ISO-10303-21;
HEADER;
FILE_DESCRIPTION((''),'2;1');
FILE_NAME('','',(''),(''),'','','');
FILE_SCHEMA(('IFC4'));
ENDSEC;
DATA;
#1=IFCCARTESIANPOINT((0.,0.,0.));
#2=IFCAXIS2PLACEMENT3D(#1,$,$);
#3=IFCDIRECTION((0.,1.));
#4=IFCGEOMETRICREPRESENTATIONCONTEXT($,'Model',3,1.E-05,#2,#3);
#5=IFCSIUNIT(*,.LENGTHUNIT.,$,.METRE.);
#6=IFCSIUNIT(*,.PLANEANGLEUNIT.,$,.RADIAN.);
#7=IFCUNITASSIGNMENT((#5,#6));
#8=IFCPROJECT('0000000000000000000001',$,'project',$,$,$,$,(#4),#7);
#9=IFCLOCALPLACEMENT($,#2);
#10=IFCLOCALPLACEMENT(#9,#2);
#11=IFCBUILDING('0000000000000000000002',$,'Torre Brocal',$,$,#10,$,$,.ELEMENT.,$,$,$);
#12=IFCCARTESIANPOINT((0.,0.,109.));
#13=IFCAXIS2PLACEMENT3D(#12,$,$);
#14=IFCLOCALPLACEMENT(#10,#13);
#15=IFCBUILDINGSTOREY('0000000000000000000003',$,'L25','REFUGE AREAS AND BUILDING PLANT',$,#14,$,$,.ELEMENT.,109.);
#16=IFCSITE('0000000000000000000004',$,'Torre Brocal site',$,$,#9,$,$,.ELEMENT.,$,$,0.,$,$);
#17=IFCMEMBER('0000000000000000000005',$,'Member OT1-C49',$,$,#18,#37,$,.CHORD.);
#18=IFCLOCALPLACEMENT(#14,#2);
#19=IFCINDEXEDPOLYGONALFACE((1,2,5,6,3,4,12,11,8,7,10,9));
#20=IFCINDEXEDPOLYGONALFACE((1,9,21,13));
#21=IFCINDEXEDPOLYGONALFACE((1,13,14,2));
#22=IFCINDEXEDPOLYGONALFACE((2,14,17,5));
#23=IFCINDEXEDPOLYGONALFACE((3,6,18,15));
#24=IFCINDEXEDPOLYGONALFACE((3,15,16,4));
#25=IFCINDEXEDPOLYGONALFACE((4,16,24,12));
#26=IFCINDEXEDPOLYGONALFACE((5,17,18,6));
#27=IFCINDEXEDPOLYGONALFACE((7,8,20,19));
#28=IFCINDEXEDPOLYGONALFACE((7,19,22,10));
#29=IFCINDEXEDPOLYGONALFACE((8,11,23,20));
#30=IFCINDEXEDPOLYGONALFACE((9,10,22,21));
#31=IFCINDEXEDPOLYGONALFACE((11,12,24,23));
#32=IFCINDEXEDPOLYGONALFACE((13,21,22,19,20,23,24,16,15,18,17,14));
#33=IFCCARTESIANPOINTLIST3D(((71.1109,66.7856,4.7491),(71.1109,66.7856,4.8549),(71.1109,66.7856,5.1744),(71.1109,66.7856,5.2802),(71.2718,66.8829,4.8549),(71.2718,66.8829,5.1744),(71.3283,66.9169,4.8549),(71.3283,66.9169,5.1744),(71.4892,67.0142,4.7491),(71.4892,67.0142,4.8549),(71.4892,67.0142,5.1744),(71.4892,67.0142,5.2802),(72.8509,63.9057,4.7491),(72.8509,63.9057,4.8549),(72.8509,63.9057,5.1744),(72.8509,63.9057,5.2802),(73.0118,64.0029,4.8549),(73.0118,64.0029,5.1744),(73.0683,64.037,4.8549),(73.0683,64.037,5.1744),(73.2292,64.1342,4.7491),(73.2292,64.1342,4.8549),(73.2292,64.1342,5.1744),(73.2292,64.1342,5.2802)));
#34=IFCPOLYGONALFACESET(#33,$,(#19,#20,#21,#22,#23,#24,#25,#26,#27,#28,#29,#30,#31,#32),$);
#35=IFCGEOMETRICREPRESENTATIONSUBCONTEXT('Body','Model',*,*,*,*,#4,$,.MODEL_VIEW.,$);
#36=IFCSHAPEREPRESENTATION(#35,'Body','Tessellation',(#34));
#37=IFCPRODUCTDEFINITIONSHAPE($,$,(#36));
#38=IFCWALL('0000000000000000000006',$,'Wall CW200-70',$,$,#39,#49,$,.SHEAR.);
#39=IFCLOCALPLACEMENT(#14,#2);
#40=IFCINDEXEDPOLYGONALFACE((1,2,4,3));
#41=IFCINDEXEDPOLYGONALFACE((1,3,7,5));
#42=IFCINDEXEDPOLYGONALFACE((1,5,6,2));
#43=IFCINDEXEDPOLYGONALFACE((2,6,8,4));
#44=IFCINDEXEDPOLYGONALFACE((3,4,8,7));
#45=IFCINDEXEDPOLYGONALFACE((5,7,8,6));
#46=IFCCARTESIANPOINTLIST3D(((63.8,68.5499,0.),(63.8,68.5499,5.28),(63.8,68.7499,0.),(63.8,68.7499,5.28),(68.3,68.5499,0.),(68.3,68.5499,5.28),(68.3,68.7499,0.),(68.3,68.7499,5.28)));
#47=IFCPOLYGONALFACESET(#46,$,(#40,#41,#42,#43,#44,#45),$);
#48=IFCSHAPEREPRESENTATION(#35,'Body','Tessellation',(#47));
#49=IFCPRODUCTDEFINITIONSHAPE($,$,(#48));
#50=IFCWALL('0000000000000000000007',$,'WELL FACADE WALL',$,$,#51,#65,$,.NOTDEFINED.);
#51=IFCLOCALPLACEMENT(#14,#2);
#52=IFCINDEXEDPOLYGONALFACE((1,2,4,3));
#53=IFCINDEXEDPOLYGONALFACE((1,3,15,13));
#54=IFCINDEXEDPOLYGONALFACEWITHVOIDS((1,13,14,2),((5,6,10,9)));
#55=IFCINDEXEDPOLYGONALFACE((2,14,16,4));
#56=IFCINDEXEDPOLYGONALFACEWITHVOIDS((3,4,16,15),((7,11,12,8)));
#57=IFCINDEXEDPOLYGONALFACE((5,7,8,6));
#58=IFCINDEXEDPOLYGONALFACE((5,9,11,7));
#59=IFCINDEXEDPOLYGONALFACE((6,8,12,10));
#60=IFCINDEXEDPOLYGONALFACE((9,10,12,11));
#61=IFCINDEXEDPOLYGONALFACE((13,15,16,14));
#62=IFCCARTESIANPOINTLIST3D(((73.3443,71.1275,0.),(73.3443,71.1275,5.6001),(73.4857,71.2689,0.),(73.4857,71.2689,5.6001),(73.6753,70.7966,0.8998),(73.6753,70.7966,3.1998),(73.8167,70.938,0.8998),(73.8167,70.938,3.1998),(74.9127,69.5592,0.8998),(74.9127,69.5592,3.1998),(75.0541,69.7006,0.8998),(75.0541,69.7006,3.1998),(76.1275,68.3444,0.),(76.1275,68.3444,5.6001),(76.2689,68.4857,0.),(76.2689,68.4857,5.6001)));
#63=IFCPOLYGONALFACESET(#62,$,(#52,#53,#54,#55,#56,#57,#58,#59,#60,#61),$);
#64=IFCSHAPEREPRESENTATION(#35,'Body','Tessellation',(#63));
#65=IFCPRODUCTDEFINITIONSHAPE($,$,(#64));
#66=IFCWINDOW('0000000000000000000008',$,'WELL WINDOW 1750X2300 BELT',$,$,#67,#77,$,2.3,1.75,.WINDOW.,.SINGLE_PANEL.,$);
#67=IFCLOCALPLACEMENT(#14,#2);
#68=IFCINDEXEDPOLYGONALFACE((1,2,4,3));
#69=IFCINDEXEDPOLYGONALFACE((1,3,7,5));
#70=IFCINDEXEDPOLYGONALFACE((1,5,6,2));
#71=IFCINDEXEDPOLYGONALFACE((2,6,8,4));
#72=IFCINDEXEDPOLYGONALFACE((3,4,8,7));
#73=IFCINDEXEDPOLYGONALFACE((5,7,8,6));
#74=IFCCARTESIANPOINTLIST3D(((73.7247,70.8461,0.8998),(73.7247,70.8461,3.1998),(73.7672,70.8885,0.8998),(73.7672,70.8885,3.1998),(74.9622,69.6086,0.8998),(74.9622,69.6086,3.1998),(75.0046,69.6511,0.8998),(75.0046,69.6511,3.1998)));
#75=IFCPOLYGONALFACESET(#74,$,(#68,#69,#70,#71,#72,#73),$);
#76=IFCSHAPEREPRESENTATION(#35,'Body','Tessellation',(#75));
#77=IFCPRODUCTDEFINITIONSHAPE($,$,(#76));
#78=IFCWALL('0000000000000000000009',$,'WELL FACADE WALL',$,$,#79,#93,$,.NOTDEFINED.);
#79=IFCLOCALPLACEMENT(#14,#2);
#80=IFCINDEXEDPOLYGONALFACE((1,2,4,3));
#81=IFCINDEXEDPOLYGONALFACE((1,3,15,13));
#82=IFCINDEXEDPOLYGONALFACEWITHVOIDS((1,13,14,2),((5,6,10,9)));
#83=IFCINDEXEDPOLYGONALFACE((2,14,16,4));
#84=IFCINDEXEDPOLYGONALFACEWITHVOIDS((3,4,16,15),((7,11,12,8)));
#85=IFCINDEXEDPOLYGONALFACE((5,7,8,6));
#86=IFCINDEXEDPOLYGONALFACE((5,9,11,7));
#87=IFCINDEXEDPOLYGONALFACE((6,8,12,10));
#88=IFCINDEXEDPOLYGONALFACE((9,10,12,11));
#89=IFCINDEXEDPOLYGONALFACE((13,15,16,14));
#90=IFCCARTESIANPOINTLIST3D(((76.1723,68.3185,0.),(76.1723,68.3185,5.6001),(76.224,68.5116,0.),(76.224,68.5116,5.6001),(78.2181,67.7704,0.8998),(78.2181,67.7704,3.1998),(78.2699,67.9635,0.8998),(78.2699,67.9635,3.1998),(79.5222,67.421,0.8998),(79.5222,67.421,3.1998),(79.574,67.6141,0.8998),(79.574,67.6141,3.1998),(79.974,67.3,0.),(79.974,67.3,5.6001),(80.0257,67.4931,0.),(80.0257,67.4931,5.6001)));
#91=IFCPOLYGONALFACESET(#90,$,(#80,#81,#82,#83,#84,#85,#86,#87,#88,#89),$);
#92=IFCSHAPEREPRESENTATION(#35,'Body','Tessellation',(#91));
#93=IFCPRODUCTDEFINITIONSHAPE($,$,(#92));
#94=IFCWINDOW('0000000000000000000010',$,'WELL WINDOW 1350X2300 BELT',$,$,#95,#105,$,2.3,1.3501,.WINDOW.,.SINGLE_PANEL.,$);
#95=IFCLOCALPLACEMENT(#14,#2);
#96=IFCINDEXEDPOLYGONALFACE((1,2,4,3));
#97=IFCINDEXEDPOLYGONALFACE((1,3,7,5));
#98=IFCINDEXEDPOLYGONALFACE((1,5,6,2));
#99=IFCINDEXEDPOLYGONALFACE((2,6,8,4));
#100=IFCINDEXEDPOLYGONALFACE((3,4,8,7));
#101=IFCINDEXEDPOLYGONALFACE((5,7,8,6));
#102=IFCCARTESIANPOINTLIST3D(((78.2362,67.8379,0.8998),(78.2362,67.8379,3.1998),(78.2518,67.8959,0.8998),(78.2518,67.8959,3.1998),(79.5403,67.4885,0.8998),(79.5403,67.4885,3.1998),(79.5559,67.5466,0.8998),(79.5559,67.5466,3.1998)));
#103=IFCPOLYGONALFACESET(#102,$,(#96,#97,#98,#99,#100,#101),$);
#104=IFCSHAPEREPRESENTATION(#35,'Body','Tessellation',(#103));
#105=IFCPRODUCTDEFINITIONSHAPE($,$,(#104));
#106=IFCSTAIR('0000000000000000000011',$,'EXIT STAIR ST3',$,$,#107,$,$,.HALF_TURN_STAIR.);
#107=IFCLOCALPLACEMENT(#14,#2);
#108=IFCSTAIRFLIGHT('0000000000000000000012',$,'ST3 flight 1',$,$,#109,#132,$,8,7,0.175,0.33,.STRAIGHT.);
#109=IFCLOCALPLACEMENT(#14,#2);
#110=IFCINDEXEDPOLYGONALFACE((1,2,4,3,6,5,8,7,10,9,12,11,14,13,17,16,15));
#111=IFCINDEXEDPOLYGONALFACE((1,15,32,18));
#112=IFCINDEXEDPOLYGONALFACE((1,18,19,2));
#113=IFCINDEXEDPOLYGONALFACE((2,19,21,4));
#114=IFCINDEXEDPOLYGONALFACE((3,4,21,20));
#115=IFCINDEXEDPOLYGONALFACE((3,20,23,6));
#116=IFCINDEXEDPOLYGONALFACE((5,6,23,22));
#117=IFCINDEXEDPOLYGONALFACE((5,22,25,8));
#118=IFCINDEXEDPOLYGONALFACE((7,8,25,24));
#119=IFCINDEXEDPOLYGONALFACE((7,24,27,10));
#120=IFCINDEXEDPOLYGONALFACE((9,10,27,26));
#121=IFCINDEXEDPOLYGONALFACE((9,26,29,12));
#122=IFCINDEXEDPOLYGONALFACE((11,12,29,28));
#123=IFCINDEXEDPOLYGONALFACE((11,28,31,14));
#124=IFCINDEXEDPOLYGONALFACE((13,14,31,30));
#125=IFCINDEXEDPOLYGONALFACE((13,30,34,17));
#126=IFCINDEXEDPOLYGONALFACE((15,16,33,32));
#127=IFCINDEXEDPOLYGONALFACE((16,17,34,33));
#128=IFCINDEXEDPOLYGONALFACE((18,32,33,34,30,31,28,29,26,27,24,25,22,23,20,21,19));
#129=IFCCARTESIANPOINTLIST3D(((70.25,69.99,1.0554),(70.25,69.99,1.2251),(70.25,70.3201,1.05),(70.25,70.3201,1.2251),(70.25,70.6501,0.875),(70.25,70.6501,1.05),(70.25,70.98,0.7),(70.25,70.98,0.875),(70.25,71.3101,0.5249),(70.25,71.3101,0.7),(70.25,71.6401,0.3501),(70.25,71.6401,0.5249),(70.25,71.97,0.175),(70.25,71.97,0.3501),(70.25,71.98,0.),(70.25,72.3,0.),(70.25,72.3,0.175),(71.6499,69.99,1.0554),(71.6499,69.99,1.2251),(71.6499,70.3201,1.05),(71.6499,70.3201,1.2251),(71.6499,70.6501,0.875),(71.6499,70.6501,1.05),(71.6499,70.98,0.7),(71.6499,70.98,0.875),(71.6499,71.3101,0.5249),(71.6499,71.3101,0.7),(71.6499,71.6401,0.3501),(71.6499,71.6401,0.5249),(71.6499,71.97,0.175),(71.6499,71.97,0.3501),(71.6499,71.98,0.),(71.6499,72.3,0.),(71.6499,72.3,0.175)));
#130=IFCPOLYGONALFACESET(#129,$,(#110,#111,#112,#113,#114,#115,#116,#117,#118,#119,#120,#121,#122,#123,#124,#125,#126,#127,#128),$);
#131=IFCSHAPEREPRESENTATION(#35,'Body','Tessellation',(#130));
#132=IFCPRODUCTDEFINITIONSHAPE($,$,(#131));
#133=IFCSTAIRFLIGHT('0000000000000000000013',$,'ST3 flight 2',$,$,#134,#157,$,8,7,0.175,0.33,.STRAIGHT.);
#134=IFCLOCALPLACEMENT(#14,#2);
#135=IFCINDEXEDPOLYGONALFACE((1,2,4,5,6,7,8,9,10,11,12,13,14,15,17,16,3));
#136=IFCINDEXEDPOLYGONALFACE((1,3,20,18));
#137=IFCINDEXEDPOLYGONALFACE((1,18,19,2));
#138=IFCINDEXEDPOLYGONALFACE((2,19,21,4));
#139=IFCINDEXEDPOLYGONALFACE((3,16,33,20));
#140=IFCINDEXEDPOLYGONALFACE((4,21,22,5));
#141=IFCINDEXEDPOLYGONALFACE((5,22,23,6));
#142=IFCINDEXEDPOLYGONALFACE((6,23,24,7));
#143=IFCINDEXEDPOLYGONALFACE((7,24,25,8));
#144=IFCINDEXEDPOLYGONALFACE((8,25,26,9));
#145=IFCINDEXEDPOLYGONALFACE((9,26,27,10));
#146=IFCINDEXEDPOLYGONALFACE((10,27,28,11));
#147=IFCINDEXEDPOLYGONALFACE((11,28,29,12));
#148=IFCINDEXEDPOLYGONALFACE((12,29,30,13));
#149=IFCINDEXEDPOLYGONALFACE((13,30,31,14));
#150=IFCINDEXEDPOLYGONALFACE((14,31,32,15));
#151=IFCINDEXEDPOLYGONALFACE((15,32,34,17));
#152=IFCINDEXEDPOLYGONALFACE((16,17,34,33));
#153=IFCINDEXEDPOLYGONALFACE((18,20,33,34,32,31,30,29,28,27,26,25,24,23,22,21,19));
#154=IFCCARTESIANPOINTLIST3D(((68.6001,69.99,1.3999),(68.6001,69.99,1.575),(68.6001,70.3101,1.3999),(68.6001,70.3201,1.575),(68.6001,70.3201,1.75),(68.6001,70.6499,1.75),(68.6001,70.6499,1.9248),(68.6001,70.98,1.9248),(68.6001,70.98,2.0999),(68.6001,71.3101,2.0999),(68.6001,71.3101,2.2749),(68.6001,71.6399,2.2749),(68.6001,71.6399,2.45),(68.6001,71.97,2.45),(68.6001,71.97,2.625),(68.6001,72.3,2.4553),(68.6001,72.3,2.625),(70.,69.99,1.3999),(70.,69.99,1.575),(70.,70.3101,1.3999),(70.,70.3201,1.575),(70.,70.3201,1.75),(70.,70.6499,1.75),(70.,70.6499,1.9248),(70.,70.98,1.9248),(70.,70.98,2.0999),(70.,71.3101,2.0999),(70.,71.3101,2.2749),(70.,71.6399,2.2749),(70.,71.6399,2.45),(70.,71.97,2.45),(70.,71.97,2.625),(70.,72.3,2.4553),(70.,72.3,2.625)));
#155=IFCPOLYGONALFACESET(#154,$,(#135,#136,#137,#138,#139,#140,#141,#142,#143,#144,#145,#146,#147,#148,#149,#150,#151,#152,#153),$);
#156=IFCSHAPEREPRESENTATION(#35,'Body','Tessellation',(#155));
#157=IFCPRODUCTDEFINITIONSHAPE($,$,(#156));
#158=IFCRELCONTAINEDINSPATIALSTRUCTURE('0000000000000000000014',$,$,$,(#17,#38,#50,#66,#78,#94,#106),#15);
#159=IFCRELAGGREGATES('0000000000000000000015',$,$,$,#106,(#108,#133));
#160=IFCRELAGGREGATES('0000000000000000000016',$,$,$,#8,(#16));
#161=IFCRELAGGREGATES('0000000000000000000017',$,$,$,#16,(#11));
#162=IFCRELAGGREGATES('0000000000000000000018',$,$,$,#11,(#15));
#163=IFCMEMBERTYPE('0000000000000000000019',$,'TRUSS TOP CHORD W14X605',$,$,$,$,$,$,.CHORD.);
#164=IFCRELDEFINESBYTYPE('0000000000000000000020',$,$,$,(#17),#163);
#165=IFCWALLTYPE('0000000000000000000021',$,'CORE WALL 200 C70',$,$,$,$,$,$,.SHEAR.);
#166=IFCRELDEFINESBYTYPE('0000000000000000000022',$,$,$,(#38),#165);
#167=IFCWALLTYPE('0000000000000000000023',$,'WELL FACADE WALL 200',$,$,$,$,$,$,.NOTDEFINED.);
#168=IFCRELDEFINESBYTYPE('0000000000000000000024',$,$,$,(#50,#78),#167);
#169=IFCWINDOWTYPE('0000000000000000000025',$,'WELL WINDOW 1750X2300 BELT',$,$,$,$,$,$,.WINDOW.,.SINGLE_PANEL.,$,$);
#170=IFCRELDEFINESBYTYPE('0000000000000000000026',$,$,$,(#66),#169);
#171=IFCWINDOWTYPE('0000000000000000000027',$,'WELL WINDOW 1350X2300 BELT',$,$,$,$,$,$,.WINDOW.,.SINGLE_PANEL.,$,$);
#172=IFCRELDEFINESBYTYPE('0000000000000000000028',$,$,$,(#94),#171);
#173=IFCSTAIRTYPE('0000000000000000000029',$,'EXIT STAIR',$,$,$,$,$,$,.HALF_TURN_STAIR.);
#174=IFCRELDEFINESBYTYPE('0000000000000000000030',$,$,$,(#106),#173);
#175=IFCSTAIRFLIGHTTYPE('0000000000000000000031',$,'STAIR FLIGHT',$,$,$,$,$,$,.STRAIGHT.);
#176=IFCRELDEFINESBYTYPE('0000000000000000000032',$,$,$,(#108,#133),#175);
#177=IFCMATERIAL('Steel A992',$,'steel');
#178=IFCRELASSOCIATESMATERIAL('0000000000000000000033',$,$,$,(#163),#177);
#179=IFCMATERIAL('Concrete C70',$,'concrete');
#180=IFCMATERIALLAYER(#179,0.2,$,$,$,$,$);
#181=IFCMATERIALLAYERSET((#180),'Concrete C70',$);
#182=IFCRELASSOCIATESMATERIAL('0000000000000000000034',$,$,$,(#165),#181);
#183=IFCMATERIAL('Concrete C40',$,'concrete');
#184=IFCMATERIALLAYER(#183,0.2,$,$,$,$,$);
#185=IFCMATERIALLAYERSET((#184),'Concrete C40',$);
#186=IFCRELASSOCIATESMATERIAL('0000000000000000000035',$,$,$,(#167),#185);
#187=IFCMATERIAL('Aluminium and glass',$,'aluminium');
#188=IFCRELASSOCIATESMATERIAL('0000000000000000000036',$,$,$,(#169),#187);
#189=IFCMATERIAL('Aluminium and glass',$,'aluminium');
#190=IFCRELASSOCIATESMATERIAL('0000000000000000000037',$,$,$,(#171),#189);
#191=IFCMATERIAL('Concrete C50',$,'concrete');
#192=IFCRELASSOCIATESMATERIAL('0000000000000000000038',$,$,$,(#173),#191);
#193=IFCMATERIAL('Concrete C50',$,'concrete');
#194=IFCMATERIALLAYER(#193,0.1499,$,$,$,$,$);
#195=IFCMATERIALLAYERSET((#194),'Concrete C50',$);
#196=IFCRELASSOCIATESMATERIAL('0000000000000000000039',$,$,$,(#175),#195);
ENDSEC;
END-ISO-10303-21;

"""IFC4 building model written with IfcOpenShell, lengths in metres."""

from ifc_helpers import new_model, si_unit, direction, frame, frame_2d, origin, origin_2d, place, context, subcontext, project, spatial, polyline, rectangle, i_section, outline, extrude, material, layer, layer_set, material_profile, profile_set, type_object, element, fill, aggregate, save


model = new_model("IFC4")

# Units and contexts
model_context = context("Model", 3, precision=1e-05, world=origin(), true_north=direction((0.0, 1.0)))
body_context = subcontext(model_context, "Body", "Model", "MODEL_VIEW")
ifc_project = project(units=[si_unit("LENGTHUNIT", "METRE"), si_unit("PLANEANGLEUNIT", "RADIAN")], contexts=[model_context])

# Site, building, storey
site_placement = place(None, origin())
site = spatial("IfcSite", under=ifc_project, at=site_placement, Name="Torre Brocal site", CompositionType="ELEMENT", RefElevation=0.0)
building_placement = place(site_placement, origin())
building = spatial("IfcBuilding", under=site, at=building_placement, Name="Torre Brocal", CompositionType="ELEMENT")
storey_placement = place(building_placement, frame((0.0, 0.0, 109.0)))
storey = spatial("IfcBuildingStorey", under=building, at=storey_placement, Name="L25", Description="REFUGE AREAS AND BUILDING PLANT", CompositionType="ELEMENT", Elevation=109.0)

# Member
ifc_material_1 = material(Name="Steel A992", Category="steel")
ifc_material_profile_1 = material_profile(ifc_material_1, i_section(OverallWidth=0.4419, OverallDepth=0.531, WebThickness=0.0659, FlangeThickness=0.1057, at=origin_2d()), Name="W14X605")
ifc_profile_set_1 = profile_set([ifc_material_profile_1], Name="Steel A992")
member_type_1 = type_object("IfcMemberType", Name="TRUSS TOP CHORD W14X605", PredefinedType="CHORD", material=ifc_profile_set_1)
member_1_placement = place(storey_placement, frame((71.3, 66.8999, 5.0146), z_axis=(0.517129, -0.855908, 0.0), x_axis=(0.855908, 0.517129, 0.0)))
element("IfcMember", 1, at=member_1_placement, inside=storey, type_object=member_type_1, Name="Member OT1-C49", PredefinedType="CHORD", context=body_context, shape_type="SweptSolid", body=[
    extrude(i_section(OverallWidth=0.4419, OverallDepth=0.531, WebThickness=0.0659, FlangeThickness=0.1057, at=origin_2d()), origin(), (0.0, 0.0, 1.0), 3.3647),
])

# Wall
ifc_material_2 = material(Name="Concrete C70", Category="concrete")
ifc_layer_1 = layer(ifc_material_2, 0.2)
ifc_layer_set_1 = layer_set([ifc_layer_1], Name="Concrete C70")
wall_type_1 = type_object("IfcWallType", Name="CORE WALL 200 C70", PredefinedType="SHEAR", material=ifc_layer_set_1)
wall_1_placement = place(storey_placement, frame((68.3, 68.6499, 0.0), z_axis=(0.0, 0.0, 1.0), x_axis=(-1.0, 0.0, 0.0)))
element("IfcWall", 2, at=wall_1_placement, inside=storey, type_object=wall_type_1, Name="Wall CW200-70", PredefinedType="SHEAR", context=body_context, shape_type="SweptSolid", body=[
    extrude(rectangle(XDim=4.5, YDim=0.2, at=frame_2d((2.25, 0.0))), origin(), (0.0, 0.0, 1.0), 5.28),
])

# Walls, openings, windows
ifc_material_3 = material(Name="Concrete C40", Category="concrete")
ifc_layer_2 = layer(ifc_material_3, 0.2)
ifc_layer_set_2 = layer_set([ifc_layer_2], Name="Concrete C40")
wall_type_2 = type_object("IfcWallType", Name="WELL FACADE WALL 200", PredefinedType="NOTDEFINED", material=ifc_layer_set_2)
wall_2_placement = place(storey_placement, frame((73.415, 71.1982, 0.0), z_axis=(0.0, 0.0, 1.0), x_axis=(0.707107, -0.707107, 0.0)))
wall_2 = element("IfcWall", 3, at=wall_2_placement, inside=storey, type_object=wall_type_2, Name="WELL FACADE WALL", PredefinedType="NOTDEFINED", context=body_context, shape_type="SweptSolid", body=[
    extrude(rectangle(XDim=3.936, YDim=0.2, at=frame_2d((1.968, 0.0))), origin(), (0.0, 0.0, 1.0), 5.6001),
])
opening_1_placement = place(wall_2_placement, frame((0.468, 0.0, 0.8999)))
opening_1 = element("IfcOpeningElement", 4, at=opening_1_placement, cuts=wall_2, PredefinedType="OPENING", context=body_context, shape_type="SweptSolid", body=[
    extrude(rectangle(XDim=1.75, YDim=2.3, at=frame_2d((0.875, 1.1499))), frame((0.0, 0.1099, 0.0), z_axis=(0.0, -1.0, 0.0), x_axis=(1.0, 0.0, 0.0)), (0.0, 0.0, 1.0), 0.22),
])
ifc_material_4 = material(Name="Aluminium and glass", Category="aluminium")
window_type_1 = type_object("IfcWindowType", Name="WELL WINDOW 1750X2300 BELT", PartitioningType="SINGLE_PANEL", PredefinedType="WINDOW", material=ifc_material_4)
window_1_placement = place(opening_1_placement, origin())
window_1 = element("IfcWindow", 5, at=window_1_placement, inside=storey, type_object=window_type_1, Name="WELL WINDOW 1750X2300 BELT", OverallHeight=2.3, OverallWidth=1.75, PartitioningType="SINGLE_PANEL", PredefinedType="WINDOW", context=body_context, shape_type="SweptSolid", body=[
    extrude(rectangle(XDim=1.75, YDim=2.3, at=frame_2d((0.875, 1.1499))), frame((0.0, 0.03, 0.0), z_axis=(0.0, -1.0, 0.0), x_axis=(1.0, 0.0, 0.0)), (0.0, 0.0, 1.0), 0.0601),
])
fill(opening_1, window_1)
wall_3_placement = place(storey_placement, frame((76.1982, 68.415, 0.0), z_axis=(0.0, 0.0, 1.0), x_axis=(0.965934, -0.25879, 0.0)))
wall_3 = element("IfcWall", 6, at=wall_3_placement, inside=storey, type_object=wall_type_2, Name="WELL FACADE WALL", PredefinedType="NOTDEFINED", context=body_context, shape_type="SweptSolid", body=[
    extrude(rectangle(XDim=3.9358, YDim=0.2, at=frame_2d((1.9678, 0.0))), origin(), (0.0, 0.0, 1.0), 5.6001),
])
opening_2_placement = place(wall_3_placement, frame((2.1179, 0.0, 0.8999)))
opening_2 = element("IfcOpeningElement", 7, at=opening_2_placement, cuts=wall_3, PredefinedType="OPENING", context=body_context, shape_type="SweptSolid", body=[
    extrude(rectangle(XDim=1.3501, YDim=2.3, at=frame_2d((0.675, 1.1499))), frame((0.0, 0.1099, 0.0), z_axis=(0.0, -1.0, 0.0), x_axis=(1.0, 0.0, 0.0)), (0.0, 0.0, 1.0), 0.22),
])
ifc_material_5 = material(Name="Aluminium and glass", Category="aluminium")
window_type_2 = type_object("IfcWindowType", Name="WELL WINDOW 1350X2300 BELT", PartitioningType="SINGLE_PANEL", PredefinedType="WINDOW", material=ifc_material_5)
window_2_placement = place(opening_2_placement, origin())
window_2 = element("IfcWindow", 8, at=window_2_placement, inside=storey, type_object=window_type_2, Name="WELL WINDOW 1350X2300 BELT", OverallHeight=2.3, OverallWidth=1.3501, PartitioningType="SINGLE_PANEL", PredefinedType="WINDOW", context=body_context, shape_type="SweptSolid", body=[
    extrude(rectangle(XDim=1.3501, YDim=2.3, at=frame_2d((0.675, 1.1499))), frame((0.0, 0.03, 0.0), z_axis=(0.0, -1.0, 0.0), x_axis=(1.0, 0.0, 0.0)), (0.0, 0.0, 1.0), 0.0601),
])
fill(opening_2, window_2)

# Stair, stair flights
ifc_material_6 = material(Name="Concrete C50", Category="concrete")
stair_type = type_object("IfcStairType", Name="EXIT STAIR", PredefinedType="HALF_TURN_STAIR", material=ifc_material_6)
stair_placement = place(storey_placement, origin())
stair = element("IfcStair", 9, at=stair_placement, inside=storey, type_object=stair_type, Name="EXIT STAIR ST3", PredefinedType="HALF_TURN_STAIR")
ifc_material_7 = material(Name="Concrete C50", Category="concrete")
ifc_layer_3 = layer(ifc_material_7, 0.1499)
ifc_layer_set_3 = layer_set([ifc_layer_3], Name="Concrete C50")
stair_flight_type = type_object("IfcStairFlightType", Name="STAIR FLIGHT", PredefinedType="STRAIGHT", material=ifc_layer_set_3)
stair_flight_1_placement = place(storey_placement, frame((70.95, 72.3, 0.0), z_axis=(0.0, 0.0, 1.0), x_axis=(0.0, -1.0, 0.0)))
stair_flight_1 = element("IfcStairFlight", 10, at=stair_flight_1_placement, type_object=stair_flight_type, Name="ST3 flight 1", NumberOfRisers=8, NumberOfTreads=7, PredefinedType="STRAIGHT", RiserHeight=0.175, TreadLength=0.33, context=body_context, shape_type="SweptSolid", body=[
    extrude(outline(polyline([(0.0, 0.0), (0.0, 0.175), (0.3301, 0.175), (0.3301, 0.3501), (0.6599, 0.3501), (0.6599, 0.5249), (0.99, 0.5249), (0.99, 0.7), (1.3201, 0.7), (1.3201, 0.875), (1.6499, 0.875), (1.6499, 1.05), (1.98, 1.05), (1.98, 1.2251), (2.3101, 1.2251), (2.3101, 1.3999), (2.3101, 1.0554), (0.3201, 0.0), (0.0, 0.0)])), frame((0.0, 0.7, 0.0), z_axis=(0.0, -1.0, 0.0), x_axis=(1.0, 0.0, 0.0)), (0.0, 0.0, 1.0), 1.3999),
])
stair_flight_2_placement = place(storey_placement, frame((69.3, 69.99, 1.3999), z_axis=(0.0, 0.0, 1.0), x_axis=(0.0, 1.0, 0.0)))
stair_flight_2 = element("IfcStairFlight", 11, at=stair_flight_2_placement, type_object=stair_flight_type, Name="ST3 flight 2", NumberOfRisers=8, NumberOfTreads=7, PredefinedType="STRAIGHT", RiserHeight=0.175, TreadLength=0.33, context=body_context, shape_type="SweptSolid", body=[
    extrude(outline(polyline([(0.0, 0.0), (0.0, 0.175), (0.3301, 0.175), (0.3301, 0.3501), (0.6599, 0.3501), (0.6599, 0.5249), (0.99, 0.5249), (0.99, 0.7), (1.3201, 0.7), (1.3201, 0.875), (1.6499, 0.875), (1.6499, 1.05), (1.98, 1.05), (1.98, 1.2251), (2.3101, 1.2251), (2.3101, 1.3999), (2.3101, 1.0554), (0.3201, 0.0), (0.0, 0.0)])), frame((0.0, 0.7, 0.0), z_axis=(0.0, -1.0, 0.0), x_axis=(1.0, 0.0, 0.0)), (0.0, 0.0, 1.0), 1.3999),
])
aggregate(stair, [stair_flight_1, stair_flight_2])

save(model, "model.ifc")
